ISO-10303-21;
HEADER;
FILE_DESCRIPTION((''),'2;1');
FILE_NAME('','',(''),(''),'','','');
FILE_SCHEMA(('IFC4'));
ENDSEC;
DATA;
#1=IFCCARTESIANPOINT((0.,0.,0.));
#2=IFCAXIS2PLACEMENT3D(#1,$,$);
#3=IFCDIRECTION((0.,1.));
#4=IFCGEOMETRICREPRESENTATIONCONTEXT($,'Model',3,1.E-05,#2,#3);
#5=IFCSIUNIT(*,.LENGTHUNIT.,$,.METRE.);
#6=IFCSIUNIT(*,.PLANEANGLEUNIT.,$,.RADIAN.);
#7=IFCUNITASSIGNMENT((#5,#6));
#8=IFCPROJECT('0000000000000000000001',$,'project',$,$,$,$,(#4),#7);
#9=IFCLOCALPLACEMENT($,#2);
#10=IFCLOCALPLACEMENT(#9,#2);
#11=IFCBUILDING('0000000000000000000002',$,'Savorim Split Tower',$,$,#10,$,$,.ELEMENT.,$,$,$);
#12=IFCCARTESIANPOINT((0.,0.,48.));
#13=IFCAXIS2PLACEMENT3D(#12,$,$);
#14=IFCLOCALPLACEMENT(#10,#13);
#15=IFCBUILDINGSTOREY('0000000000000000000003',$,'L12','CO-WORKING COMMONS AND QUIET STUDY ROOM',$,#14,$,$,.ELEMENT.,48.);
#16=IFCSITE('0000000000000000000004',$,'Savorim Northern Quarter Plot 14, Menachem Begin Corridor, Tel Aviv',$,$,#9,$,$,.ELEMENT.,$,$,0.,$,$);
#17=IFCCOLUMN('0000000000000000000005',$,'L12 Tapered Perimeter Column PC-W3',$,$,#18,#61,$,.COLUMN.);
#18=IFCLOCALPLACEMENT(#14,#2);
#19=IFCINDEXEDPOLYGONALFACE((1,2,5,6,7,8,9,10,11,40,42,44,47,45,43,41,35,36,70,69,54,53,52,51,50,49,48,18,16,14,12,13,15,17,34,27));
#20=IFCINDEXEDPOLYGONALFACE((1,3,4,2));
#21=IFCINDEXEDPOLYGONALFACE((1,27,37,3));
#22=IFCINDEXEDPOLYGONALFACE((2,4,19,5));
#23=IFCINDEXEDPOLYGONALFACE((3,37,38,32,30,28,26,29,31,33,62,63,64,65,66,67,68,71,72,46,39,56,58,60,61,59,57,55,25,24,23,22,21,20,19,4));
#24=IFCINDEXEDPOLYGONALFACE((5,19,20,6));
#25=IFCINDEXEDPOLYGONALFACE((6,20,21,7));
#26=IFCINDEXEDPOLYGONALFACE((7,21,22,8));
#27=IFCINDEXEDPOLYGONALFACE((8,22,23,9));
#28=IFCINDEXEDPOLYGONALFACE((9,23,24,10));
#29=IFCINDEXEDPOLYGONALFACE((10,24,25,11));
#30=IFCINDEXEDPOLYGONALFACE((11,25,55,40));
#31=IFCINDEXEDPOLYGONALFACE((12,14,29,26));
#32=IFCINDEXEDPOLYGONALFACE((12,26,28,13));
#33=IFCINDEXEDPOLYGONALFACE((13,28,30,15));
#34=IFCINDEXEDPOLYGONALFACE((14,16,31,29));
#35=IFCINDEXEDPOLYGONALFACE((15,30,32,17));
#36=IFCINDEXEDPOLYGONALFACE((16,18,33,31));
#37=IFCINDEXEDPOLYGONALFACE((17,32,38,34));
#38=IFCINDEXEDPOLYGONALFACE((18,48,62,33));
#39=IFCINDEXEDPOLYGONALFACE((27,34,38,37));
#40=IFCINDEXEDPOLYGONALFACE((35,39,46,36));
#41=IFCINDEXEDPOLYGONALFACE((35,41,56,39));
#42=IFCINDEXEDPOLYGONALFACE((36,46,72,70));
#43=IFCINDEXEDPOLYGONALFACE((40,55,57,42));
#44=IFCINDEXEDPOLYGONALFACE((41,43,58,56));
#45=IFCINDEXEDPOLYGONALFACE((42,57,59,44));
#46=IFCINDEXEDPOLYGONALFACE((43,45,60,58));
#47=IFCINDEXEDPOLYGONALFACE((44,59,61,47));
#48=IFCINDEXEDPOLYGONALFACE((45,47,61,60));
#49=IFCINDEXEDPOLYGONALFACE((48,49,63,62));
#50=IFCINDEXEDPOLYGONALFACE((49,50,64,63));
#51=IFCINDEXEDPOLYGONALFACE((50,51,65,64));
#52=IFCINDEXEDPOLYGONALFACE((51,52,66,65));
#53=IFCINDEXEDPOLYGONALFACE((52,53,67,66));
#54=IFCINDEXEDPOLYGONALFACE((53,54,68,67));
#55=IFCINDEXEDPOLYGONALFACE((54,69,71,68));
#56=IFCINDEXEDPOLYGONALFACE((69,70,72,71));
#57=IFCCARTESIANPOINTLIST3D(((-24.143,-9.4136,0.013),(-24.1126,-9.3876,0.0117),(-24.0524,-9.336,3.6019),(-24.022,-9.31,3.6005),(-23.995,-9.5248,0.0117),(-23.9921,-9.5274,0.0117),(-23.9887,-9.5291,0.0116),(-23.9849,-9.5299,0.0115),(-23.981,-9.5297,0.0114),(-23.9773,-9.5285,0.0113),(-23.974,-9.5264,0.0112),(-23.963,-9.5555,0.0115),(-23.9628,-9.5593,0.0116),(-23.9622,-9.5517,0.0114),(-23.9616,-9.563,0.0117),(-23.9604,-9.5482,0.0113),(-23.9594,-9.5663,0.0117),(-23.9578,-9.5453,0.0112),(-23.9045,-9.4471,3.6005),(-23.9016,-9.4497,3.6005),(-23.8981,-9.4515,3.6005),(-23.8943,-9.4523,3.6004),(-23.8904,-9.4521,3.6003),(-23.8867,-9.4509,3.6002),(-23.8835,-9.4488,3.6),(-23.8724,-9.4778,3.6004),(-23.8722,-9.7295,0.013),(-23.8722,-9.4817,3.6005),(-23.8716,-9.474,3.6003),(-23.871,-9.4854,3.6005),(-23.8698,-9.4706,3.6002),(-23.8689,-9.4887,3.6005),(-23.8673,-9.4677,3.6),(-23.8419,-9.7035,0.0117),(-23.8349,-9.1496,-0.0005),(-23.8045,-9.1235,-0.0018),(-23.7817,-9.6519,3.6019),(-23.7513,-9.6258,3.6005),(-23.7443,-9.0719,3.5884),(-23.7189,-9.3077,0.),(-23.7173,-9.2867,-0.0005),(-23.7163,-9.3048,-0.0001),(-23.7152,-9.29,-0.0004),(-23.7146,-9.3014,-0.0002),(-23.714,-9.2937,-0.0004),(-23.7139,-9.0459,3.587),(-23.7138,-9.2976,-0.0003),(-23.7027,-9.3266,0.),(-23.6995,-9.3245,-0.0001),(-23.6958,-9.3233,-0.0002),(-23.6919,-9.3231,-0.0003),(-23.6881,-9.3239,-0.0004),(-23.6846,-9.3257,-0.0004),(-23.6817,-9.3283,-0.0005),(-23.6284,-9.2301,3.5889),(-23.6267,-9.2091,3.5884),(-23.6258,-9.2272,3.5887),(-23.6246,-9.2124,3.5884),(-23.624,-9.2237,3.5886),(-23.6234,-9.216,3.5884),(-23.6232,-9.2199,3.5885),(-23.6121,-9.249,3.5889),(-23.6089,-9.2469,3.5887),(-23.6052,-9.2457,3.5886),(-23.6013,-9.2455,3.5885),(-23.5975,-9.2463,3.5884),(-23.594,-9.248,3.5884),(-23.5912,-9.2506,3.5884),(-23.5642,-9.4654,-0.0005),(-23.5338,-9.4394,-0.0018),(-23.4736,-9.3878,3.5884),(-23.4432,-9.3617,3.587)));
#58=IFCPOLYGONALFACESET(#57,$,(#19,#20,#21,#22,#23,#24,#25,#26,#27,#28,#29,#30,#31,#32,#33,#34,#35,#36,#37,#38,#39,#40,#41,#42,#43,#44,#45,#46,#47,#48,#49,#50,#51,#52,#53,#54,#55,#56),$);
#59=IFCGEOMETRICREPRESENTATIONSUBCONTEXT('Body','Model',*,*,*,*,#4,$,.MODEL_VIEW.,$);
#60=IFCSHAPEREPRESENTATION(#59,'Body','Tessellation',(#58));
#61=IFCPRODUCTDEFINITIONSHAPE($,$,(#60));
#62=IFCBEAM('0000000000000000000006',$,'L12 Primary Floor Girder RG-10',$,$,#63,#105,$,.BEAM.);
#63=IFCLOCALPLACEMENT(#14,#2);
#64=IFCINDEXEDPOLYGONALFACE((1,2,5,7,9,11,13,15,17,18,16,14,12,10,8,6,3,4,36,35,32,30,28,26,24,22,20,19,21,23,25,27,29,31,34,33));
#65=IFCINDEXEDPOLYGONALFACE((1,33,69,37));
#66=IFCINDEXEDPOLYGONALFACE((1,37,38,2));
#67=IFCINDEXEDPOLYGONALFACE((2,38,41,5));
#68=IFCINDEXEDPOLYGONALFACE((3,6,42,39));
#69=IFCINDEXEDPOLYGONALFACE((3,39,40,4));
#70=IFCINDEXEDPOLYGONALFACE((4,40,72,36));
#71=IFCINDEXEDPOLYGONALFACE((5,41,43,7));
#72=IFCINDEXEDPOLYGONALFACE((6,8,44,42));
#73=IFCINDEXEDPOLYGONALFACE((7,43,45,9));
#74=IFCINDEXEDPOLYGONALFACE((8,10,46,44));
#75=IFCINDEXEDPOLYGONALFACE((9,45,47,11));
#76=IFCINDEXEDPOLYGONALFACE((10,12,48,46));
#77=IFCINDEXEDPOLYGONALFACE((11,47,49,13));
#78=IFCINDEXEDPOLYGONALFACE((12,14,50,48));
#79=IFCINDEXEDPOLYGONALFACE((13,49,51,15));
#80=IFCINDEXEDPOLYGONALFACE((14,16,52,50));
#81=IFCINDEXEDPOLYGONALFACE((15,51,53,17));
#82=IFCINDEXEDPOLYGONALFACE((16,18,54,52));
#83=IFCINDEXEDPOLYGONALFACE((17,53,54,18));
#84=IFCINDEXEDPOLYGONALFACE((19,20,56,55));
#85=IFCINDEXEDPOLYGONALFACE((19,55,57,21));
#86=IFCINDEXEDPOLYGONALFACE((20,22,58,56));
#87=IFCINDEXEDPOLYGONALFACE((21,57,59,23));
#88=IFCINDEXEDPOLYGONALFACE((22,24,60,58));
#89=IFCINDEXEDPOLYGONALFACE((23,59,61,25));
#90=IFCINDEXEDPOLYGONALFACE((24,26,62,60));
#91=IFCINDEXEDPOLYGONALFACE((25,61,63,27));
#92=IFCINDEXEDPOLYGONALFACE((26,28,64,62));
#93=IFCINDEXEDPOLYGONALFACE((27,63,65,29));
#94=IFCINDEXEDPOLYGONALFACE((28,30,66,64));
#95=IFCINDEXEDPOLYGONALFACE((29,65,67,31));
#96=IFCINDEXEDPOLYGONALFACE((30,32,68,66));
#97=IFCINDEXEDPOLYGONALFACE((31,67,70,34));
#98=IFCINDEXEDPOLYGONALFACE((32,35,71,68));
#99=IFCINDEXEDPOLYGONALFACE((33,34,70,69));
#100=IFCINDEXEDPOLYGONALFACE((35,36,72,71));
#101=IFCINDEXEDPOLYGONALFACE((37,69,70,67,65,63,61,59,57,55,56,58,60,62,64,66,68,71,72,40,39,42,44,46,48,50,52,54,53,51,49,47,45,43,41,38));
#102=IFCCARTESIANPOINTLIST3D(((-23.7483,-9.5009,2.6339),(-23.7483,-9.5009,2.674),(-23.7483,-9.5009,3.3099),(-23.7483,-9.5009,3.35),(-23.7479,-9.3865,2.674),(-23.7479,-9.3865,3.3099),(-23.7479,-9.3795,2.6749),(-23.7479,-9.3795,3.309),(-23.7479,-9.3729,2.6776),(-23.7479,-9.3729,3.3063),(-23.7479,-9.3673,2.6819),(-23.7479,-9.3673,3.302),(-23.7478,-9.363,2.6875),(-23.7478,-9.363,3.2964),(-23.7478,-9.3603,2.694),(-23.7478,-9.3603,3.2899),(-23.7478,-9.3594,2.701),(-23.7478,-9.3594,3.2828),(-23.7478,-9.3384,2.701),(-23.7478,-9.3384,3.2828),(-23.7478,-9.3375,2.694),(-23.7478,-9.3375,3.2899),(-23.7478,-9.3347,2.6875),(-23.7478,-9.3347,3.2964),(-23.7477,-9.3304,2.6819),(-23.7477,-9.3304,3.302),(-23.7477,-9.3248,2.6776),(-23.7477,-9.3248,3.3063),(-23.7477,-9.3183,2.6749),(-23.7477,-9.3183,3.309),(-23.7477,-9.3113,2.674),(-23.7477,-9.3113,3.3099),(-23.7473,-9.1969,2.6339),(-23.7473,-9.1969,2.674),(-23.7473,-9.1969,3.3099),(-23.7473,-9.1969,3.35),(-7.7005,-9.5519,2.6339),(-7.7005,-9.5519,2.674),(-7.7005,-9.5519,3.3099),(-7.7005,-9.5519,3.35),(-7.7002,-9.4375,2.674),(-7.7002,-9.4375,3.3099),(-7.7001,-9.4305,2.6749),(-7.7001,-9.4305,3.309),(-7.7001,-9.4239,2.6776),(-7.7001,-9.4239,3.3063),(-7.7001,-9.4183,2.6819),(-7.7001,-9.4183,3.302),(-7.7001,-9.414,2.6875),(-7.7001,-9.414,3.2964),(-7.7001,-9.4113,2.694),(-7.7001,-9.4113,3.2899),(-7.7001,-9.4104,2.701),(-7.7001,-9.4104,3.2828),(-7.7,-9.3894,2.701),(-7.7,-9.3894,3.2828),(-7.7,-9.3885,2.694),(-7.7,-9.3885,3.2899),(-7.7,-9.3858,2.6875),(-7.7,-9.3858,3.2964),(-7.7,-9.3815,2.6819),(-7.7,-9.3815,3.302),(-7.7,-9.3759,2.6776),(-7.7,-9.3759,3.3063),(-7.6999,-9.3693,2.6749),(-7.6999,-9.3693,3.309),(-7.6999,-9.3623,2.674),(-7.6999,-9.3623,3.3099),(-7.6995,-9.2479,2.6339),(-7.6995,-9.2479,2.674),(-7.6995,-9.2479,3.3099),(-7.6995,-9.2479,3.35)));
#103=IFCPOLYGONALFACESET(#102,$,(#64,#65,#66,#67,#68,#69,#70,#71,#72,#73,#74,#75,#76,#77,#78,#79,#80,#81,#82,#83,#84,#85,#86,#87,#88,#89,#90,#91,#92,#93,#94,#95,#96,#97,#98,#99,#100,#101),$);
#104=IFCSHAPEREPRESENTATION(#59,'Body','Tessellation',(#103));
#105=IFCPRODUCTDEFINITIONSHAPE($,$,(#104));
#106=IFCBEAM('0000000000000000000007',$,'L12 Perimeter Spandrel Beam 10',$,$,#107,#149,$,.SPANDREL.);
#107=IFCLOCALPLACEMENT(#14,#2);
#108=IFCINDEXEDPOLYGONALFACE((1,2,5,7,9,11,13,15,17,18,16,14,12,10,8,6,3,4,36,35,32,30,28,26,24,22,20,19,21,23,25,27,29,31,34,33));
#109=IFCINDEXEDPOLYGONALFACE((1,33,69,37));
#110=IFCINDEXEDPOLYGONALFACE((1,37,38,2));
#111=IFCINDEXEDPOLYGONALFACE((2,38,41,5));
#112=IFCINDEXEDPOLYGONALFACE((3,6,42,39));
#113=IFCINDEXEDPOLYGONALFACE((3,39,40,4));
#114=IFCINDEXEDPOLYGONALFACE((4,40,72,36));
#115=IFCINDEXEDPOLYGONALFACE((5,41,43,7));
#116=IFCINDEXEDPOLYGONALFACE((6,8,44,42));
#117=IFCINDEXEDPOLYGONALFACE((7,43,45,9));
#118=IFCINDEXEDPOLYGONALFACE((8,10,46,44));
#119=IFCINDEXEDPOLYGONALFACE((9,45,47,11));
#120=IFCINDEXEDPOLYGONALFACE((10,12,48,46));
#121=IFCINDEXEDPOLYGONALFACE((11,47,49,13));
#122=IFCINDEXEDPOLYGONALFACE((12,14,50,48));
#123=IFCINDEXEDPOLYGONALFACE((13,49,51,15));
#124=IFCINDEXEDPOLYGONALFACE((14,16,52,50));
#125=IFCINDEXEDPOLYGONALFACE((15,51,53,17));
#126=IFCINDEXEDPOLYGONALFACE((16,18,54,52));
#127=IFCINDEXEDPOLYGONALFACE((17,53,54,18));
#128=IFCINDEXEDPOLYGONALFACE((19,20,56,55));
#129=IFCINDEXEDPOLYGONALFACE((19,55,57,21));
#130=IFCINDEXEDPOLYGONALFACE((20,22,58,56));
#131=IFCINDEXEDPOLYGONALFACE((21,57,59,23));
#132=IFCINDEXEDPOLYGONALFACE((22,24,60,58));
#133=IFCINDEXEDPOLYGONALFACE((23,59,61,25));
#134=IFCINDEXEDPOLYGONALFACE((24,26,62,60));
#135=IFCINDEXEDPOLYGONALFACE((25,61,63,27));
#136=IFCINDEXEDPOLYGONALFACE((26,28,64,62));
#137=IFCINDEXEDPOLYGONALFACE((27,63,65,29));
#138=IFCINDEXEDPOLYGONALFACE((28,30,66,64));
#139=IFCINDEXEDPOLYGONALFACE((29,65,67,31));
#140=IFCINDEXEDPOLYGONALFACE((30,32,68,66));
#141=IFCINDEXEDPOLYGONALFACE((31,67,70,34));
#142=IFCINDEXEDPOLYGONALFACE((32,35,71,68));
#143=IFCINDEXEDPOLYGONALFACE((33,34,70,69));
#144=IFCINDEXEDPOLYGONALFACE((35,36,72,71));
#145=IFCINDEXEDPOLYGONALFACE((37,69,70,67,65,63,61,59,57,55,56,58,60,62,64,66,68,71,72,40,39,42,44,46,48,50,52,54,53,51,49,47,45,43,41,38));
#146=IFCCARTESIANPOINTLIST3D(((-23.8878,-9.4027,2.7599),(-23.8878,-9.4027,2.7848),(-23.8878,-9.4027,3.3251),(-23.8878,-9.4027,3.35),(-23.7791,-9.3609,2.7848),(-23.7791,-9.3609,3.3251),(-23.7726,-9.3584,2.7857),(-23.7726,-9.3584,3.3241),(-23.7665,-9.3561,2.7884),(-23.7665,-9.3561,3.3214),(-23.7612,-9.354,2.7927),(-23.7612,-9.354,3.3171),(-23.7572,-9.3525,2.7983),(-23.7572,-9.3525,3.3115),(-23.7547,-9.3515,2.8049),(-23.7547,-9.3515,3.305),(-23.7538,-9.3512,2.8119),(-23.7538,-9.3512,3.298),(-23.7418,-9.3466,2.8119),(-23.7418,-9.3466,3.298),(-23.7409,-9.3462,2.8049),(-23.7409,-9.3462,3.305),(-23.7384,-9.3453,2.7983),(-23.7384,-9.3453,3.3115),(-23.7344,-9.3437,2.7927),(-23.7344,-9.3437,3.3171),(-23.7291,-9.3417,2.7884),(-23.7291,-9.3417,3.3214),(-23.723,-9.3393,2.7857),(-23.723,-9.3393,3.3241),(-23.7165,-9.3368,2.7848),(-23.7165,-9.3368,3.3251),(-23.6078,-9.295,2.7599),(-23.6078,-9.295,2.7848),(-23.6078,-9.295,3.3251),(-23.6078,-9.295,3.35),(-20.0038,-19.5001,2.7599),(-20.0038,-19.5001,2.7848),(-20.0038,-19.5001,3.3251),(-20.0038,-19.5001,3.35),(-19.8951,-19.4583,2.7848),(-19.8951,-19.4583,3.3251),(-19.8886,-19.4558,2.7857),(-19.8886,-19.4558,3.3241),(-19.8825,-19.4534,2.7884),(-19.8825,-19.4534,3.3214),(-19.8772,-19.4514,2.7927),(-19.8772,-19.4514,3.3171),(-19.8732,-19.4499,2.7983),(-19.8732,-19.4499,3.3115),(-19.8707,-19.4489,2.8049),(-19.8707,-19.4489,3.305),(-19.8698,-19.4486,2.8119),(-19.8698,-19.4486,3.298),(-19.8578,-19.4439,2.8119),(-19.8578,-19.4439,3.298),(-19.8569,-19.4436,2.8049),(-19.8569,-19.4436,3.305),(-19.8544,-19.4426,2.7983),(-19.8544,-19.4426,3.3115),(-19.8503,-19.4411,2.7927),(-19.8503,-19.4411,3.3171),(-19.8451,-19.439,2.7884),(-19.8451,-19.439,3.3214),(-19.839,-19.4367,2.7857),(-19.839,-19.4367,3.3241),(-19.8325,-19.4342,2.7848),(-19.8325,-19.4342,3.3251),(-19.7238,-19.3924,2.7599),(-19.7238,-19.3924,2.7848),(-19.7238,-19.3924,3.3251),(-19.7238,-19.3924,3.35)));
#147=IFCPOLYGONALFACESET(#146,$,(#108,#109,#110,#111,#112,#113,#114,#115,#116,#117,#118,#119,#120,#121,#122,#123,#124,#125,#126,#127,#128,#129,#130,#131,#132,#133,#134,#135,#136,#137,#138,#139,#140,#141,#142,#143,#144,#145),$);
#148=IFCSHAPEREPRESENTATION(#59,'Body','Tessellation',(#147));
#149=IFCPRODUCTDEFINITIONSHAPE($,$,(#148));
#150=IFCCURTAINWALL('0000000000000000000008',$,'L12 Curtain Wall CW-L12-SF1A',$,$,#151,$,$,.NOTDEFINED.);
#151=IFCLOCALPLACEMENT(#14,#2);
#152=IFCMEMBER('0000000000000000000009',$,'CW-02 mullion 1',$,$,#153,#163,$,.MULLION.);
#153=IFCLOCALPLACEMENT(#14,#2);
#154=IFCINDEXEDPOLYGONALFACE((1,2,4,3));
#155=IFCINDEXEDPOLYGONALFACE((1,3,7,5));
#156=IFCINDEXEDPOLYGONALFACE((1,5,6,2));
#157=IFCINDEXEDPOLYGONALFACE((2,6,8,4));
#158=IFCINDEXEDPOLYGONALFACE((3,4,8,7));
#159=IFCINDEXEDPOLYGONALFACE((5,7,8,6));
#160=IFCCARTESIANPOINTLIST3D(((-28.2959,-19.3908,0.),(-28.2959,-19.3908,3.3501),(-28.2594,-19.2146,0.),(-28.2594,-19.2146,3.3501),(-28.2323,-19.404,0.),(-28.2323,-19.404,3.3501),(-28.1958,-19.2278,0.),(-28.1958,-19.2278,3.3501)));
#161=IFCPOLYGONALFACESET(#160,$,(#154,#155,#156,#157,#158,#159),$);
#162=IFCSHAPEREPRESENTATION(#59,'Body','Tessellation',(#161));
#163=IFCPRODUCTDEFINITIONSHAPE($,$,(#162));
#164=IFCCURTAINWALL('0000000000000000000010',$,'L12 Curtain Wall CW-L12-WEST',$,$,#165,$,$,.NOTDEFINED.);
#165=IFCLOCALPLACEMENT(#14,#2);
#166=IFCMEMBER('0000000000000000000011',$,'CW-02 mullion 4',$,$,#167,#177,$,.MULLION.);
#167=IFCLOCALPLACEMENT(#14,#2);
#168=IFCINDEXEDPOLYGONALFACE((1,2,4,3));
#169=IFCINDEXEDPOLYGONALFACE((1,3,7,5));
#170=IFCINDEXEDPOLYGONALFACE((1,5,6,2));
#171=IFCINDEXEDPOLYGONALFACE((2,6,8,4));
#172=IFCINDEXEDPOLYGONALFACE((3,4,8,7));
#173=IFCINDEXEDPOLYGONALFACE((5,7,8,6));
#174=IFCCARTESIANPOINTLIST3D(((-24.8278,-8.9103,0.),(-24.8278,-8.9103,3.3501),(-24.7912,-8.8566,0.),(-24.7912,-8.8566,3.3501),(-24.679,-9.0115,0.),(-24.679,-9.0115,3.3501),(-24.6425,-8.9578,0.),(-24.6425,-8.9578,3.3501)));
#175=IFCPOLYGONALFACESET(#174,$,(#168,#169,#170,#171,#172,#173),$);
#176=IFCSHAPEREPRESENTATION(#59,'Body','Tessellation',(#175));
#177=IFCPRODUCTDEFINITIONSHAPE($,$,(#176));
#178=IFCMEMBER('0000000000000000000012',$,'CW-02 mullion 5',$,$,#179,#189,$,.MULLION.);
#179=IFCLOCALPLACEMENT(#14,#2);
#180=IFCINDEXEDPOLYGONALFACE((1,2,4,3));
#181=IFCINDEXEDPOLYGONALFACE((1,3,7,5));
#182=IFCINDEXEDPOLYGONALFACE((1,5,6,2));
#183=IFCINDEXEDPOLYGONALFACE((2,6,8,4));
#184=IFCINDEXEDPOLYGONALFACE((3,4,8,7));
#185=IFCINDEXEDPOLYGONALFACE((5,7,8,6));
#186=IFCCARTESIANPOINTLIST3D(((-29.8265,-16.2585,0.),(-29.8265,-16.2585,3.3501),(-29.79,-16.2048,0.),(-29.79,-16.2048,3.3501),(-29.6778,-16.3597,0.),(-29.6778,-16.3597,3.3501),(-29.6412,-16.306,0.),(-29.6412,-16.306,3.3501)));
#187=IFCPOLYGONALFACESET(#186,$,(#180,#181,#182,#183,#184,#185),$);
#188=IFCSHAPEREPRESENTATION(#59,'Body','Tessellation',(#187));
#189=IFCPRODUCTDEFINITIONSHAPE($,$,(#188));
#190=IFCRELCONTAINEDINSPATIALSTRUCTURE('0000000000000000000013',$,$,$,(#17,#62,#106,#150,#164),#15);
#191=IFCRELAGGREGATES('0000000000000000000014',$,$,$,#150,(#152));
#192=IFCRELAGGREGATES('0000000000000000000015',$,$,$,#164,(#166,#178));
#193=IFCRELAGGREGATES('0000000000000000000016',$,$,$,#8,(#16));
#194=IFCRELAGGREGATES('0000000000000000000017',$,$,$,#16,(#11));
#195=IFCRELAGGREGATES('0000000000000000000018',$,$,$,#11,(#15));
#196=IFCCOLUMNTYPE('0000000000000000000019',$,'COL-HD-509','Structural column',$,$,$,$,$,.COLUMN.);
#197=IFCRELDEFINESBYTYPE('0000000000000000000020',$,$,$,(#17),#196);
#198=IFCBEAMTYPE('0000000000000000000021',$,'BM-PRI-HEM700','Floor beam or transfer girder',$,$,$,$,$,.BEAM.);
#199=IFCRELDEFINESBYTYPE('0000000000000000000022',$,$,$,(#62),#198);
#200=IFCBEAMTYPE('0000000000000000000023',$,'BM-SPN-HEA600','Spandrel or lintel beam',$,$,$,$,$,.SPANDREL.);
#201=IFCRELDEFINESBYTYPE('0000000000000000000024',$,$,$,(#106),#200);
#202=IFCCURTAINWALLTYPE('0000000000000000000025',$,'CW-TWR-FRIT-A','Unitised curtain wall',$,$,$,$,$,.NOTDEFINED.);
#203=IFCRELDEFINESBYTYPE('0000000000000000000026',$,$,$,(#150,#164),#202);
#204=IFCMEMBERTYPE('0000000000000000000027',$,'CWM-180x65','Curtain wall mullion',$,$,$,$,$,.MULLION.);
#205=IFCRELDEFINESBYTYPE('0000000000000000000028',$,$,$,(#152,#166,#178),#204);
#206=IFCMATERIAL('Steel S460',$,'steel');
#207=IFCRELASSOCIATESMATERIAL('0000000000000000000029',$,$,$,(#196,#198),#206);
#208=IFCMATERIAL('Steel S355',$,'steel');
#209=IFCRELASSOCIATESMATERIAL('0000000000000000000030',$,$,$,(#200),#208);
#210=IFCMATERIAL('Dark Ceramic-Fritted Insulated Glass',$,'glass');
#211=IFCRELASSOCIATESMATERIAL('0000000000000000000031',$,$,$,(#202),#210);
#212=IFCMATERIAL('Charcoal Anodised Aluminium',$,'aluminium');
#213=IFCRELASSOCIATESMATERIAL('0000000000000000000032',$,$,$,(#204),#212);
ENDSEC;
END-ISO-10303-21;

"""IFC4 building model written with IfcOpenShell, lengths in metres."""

from ifc_helpers import new_model, si_unit, direction, frame, origin, origin_2d, place, context, subcontext, project, spatial, rectangle, i_section, extrude, material, material_profile, profile_set, type_object, element, aggregate, save


model = new_model("IFC4")

# Units and contexts
model_context = context("Model", 3, precision=1e-05, world=origin(), true_north=direction((0.0, 1.0)))
body_context = subcontext(model_context, "Body", "Model", "MODEL_VIEW")
ifc_project = project(units=[si_unit("LENGTHUNIT", "METRE"), si_unit("PLANEANGLEUNIT", "RADIAN")], contexts=[model_context])

# Site, building, storey
site_placement = place(None, origin())
site = spatial("IfcSite", under=ifc_project, at=site_placement, Name="Savorim Northern Quarter Plot 14, Menachem Begin Corridor, Tel Aviv", CompositionType="ELEMENT", RefElevation=0.0)
building_placement = place(site_placement, origin())
building = spatial("IfcBuilding", under=site, at=building_placement, Name="Savorim Split Tower", CompositionType="ELEMENT")
storey_placement = place(building_placement, frame((0.0, 0.0, 48.0)))
storey = spatial("IfcBuildingStorey", under=building, at=storey_placement, Name="L12", Description="CO-WORKING COMMONS AND QUIET STUDY ROOM", CompositionType="ELEMENT", Elevation=48.0)

# Column
ifc_material_1 = material(Name="Steel S460", Category="steel")
ifc_material_profile_1 = material_profile(ifc_material_1, i_section(OverallWidth=0.416, OverallDepth=0.446, WebThickness=0.0249, FlangeThickness=0.04, FilletRadius=0.0149, at=origin_2d()), Name="HD 400x509")
ifc_profile_set_1 = profile_set([ifc_material_profile_1], Name="Steel S460")
column_type = type_object("IfcColumnType", Name="COL-HD-509", Description="Structural column", PredefinedType="COLUMN", material=ifc_profile_set_1)
column_placement = place(storey_placement, frame((-23.8384, -9.4265, 0.0056), z_axis=(0.025224, 0.021621, 0.999448), x_axis=(-0.650791, 0.759257, 0.0)))
element("IfcColumn", 1, at=column_placement, inside=storey, type_object=column_type, Name="L12 Tapered Perimeter Column PC-W3", PredefinedType="COLUMN", context=body_context, shape_type="SweptSolid", body=[
    extrude(i_section(OverallWidth=0.416, OverallDepth=0.446, WebThickness=0.0249, FlangeThickness=0.04, FilletRadius=0.0149, at=origin_2d()), origin(), (0.0, 0.0, 1.0), 3.5908),
])

# Beams
ifc_material_profile_2 = material_profile(ifc_material_1, i_section(OverallWidth=0.304, OverallDepth=0.7161, WebThickness=0.021, FlangeThickness=0.04, FilletRadius=0.0271, at=origin_2d()), Name="HE 700 M")
ifc_profile_set_2 = profile_set([ifc_material_profile_2], Name="Steel S460")
beam_type_1 = type_object("IfcBeamType", Name="BM-PRI-HEM700", Description="Floor beam or transfer girder", PredefinedType="BEAM", material=ifc_profile_set_2)
beam_1_placement = place(storey_placement, frame((-23.7478, -9.3489, 2.9919), z_axis=(0.999995, -0.00318, 0.0), x_axis=(0.00318, 0.999995, 0.0)))
element("IfcBeam", 2, at=beam_1_placement, inside=storey, type_object=beam_type_1, Name="L12 Primary Floor Girder RG-10", PredefinedType="BEAM", context=body_context, shape_type="SweptSolid", body=[
    extrude(i_section(OverallWidth=0.304, OverallDepth=0.7161, WebThickness=0.021, FlangeThickness=0.04, FilletRadius=0.0271, at=origin_2d()), origin(), (0.0, 0.0, 1.0), 16.0479),
])
ifc_material_2 = material(Name="Steel S355", Category="steel")
ifc_material_profile_3 = material_profile(ifc_material_2, i_section(OverallWidth=0.3, OverallDepth=0.5901, WebThickness=0.0129, FlangeThickness=0.0249, FilletRadius=0.0271, at=origin_2d()), Name="HEA 600")
ifc_profile_set_3 = profile_set([ifc_material_profile_3], Name="Steel S355")
beam_type_2 = type_object("IfcBeamType", Name="BM-SPN-HEA600", Description="Spandrel or lintel beam", PredefinedType="SPANDREL", material=ifc_profile_set_3)
beam_2_placement = place(storey_placement, frame((-23.7478, -9.3489, 3.0549), z_axis=(0.359012, -0.933333, 0.0), x_axis=(0.933333, 0.359012, 0.0)))
element("IfcBeam", 3, at=beam_2_placement, inside=storey, type_object=beam_type_2, Name="L12 Perimeter Spandrel Beam 10", PredefinedType="SPANDREL", context=body_context, shape_type="SweptSolid", body=[
    extrude(i_section(OverallWidth=0.3, OverallDepth=0.5901, WebThickness=0.0129, FlangeThickness=0.0249, FilletRadius=0.0271, at=origin_2d()), origin(), (0.0, 0.0, 1.0), 10.8186),
])

# Curtain wall, member
ifc_material_3 = material(Name="Dark Ceramic-Fritted Insulated Glass", Category="glass")
curtain_wall_type = type_object("IfcCurtainWallType", Name="CW-TWR-FRIT-A", Description="Unitised curtain wall", PredefinedType="NOTDEFINED", material=ifc_material_3)
curtain_wall_1_placement = place(storey_placement, origin())
curtain_wall_1 = element("IfcCurtainWall", 4, at=curtain_wall_1_placement, inside=storey, type_object=curtain_wall_type, Name="L12 Curtain Wall CW-L12-SF1A", PredefinedType="NOTDEFINED")
ifc_material_4 = material(Name="Charcoal Anodised Aluminium", Category="aluminium")
ifc_material_profile_4 = material_profile(ifc_material_4, rectangle(XDim=0.1799, YDim=0.0649, at=origin_2d()), Name="ALU-M 180x65")
ifc_profile_set_4 = profile_set([ifc_material_profile_4], Name="Charcoal Anodised Aluminium")
member_type_1 = type_object("IfcMemberType", Name="CWM-180x65", Description="Curtain wall mullion", PredefinedType="MULLION", material=ifc_profile_set_4)
member_1_placement = place(storey_placement, frame((-28.2458, -19.3093, 0.0), z_axis=(0.0, 0.0, 1.0), x_axis=(0.203212, 0.979135, 0.0)))
member_1 = element("IfcMember", 5, at=member_1_placement, type_object=member_type_1, Name="CW-02 mullion 1", PredefinedType="MULLION", context=body_context, shape_type="SweptSolid", body=[
    extrude(rectangle(XDim=0.1799, YDim=0.0649, at=origin_2d()), origin(), (0.0, 0.0, 1.0), 3.3501),
])

# Curtain wall, members
curtain_wall_2_placement = place(storey_placement, origin())
curtain_wall_2 = element("IfcCurtainWall", 6, at=curtain_wall_2_placement, inside=storey, type_object=curtain_wall_type, Name="L12 Curtain Wall CW-L12-WEST", PredefinedType="NOTDEFINED")
member_2_placement = place(storey_placement, frame((-24.7351, -8.9341, 0.0), z_axis=(0.0, 0.0, 1.0), x_axis=(0.826821, -0.562465, 0.0)))
member_2 = element("IfcMember", 7, at=member_2_placement, type_object=member_type_1, Name="CW-02 mullion 4", PredefinedType="MULLION", context=body_context, shape_type="SweptSolid", body=[
    extrude(rectangle(XDim=0.1799, YDim=0.0649, at=origin_2d()), origin(), (0.0, 0.0, 1.0), 3.3501),
])
member_3_placement = place(storey_placement, frame((-29.7339, -16.2822, 0.0), z_axis=(0.0, 0.0, 1.0), x_axis=(0.826821, -0.562465, 0.0)))
member_3 = element("IfcMember", 8, at=member_3_placement, type_object=member_type_1, Name="CW-02 mullion 5", PredefinedType="MULLION", context=body_context, shape_type="SweptSolid", body=[
    extrude(rectangle(XDim=0.1799, YDim=0.0649, at=origin_2d()), origin(), (0.0, 0.0, 1.0), 3.3501),
])

aggregate(curtain_wall_1, [member_1])
aggregate(curtain_wall_2, [member_2, member_3])

save(model, "model.ifc")
